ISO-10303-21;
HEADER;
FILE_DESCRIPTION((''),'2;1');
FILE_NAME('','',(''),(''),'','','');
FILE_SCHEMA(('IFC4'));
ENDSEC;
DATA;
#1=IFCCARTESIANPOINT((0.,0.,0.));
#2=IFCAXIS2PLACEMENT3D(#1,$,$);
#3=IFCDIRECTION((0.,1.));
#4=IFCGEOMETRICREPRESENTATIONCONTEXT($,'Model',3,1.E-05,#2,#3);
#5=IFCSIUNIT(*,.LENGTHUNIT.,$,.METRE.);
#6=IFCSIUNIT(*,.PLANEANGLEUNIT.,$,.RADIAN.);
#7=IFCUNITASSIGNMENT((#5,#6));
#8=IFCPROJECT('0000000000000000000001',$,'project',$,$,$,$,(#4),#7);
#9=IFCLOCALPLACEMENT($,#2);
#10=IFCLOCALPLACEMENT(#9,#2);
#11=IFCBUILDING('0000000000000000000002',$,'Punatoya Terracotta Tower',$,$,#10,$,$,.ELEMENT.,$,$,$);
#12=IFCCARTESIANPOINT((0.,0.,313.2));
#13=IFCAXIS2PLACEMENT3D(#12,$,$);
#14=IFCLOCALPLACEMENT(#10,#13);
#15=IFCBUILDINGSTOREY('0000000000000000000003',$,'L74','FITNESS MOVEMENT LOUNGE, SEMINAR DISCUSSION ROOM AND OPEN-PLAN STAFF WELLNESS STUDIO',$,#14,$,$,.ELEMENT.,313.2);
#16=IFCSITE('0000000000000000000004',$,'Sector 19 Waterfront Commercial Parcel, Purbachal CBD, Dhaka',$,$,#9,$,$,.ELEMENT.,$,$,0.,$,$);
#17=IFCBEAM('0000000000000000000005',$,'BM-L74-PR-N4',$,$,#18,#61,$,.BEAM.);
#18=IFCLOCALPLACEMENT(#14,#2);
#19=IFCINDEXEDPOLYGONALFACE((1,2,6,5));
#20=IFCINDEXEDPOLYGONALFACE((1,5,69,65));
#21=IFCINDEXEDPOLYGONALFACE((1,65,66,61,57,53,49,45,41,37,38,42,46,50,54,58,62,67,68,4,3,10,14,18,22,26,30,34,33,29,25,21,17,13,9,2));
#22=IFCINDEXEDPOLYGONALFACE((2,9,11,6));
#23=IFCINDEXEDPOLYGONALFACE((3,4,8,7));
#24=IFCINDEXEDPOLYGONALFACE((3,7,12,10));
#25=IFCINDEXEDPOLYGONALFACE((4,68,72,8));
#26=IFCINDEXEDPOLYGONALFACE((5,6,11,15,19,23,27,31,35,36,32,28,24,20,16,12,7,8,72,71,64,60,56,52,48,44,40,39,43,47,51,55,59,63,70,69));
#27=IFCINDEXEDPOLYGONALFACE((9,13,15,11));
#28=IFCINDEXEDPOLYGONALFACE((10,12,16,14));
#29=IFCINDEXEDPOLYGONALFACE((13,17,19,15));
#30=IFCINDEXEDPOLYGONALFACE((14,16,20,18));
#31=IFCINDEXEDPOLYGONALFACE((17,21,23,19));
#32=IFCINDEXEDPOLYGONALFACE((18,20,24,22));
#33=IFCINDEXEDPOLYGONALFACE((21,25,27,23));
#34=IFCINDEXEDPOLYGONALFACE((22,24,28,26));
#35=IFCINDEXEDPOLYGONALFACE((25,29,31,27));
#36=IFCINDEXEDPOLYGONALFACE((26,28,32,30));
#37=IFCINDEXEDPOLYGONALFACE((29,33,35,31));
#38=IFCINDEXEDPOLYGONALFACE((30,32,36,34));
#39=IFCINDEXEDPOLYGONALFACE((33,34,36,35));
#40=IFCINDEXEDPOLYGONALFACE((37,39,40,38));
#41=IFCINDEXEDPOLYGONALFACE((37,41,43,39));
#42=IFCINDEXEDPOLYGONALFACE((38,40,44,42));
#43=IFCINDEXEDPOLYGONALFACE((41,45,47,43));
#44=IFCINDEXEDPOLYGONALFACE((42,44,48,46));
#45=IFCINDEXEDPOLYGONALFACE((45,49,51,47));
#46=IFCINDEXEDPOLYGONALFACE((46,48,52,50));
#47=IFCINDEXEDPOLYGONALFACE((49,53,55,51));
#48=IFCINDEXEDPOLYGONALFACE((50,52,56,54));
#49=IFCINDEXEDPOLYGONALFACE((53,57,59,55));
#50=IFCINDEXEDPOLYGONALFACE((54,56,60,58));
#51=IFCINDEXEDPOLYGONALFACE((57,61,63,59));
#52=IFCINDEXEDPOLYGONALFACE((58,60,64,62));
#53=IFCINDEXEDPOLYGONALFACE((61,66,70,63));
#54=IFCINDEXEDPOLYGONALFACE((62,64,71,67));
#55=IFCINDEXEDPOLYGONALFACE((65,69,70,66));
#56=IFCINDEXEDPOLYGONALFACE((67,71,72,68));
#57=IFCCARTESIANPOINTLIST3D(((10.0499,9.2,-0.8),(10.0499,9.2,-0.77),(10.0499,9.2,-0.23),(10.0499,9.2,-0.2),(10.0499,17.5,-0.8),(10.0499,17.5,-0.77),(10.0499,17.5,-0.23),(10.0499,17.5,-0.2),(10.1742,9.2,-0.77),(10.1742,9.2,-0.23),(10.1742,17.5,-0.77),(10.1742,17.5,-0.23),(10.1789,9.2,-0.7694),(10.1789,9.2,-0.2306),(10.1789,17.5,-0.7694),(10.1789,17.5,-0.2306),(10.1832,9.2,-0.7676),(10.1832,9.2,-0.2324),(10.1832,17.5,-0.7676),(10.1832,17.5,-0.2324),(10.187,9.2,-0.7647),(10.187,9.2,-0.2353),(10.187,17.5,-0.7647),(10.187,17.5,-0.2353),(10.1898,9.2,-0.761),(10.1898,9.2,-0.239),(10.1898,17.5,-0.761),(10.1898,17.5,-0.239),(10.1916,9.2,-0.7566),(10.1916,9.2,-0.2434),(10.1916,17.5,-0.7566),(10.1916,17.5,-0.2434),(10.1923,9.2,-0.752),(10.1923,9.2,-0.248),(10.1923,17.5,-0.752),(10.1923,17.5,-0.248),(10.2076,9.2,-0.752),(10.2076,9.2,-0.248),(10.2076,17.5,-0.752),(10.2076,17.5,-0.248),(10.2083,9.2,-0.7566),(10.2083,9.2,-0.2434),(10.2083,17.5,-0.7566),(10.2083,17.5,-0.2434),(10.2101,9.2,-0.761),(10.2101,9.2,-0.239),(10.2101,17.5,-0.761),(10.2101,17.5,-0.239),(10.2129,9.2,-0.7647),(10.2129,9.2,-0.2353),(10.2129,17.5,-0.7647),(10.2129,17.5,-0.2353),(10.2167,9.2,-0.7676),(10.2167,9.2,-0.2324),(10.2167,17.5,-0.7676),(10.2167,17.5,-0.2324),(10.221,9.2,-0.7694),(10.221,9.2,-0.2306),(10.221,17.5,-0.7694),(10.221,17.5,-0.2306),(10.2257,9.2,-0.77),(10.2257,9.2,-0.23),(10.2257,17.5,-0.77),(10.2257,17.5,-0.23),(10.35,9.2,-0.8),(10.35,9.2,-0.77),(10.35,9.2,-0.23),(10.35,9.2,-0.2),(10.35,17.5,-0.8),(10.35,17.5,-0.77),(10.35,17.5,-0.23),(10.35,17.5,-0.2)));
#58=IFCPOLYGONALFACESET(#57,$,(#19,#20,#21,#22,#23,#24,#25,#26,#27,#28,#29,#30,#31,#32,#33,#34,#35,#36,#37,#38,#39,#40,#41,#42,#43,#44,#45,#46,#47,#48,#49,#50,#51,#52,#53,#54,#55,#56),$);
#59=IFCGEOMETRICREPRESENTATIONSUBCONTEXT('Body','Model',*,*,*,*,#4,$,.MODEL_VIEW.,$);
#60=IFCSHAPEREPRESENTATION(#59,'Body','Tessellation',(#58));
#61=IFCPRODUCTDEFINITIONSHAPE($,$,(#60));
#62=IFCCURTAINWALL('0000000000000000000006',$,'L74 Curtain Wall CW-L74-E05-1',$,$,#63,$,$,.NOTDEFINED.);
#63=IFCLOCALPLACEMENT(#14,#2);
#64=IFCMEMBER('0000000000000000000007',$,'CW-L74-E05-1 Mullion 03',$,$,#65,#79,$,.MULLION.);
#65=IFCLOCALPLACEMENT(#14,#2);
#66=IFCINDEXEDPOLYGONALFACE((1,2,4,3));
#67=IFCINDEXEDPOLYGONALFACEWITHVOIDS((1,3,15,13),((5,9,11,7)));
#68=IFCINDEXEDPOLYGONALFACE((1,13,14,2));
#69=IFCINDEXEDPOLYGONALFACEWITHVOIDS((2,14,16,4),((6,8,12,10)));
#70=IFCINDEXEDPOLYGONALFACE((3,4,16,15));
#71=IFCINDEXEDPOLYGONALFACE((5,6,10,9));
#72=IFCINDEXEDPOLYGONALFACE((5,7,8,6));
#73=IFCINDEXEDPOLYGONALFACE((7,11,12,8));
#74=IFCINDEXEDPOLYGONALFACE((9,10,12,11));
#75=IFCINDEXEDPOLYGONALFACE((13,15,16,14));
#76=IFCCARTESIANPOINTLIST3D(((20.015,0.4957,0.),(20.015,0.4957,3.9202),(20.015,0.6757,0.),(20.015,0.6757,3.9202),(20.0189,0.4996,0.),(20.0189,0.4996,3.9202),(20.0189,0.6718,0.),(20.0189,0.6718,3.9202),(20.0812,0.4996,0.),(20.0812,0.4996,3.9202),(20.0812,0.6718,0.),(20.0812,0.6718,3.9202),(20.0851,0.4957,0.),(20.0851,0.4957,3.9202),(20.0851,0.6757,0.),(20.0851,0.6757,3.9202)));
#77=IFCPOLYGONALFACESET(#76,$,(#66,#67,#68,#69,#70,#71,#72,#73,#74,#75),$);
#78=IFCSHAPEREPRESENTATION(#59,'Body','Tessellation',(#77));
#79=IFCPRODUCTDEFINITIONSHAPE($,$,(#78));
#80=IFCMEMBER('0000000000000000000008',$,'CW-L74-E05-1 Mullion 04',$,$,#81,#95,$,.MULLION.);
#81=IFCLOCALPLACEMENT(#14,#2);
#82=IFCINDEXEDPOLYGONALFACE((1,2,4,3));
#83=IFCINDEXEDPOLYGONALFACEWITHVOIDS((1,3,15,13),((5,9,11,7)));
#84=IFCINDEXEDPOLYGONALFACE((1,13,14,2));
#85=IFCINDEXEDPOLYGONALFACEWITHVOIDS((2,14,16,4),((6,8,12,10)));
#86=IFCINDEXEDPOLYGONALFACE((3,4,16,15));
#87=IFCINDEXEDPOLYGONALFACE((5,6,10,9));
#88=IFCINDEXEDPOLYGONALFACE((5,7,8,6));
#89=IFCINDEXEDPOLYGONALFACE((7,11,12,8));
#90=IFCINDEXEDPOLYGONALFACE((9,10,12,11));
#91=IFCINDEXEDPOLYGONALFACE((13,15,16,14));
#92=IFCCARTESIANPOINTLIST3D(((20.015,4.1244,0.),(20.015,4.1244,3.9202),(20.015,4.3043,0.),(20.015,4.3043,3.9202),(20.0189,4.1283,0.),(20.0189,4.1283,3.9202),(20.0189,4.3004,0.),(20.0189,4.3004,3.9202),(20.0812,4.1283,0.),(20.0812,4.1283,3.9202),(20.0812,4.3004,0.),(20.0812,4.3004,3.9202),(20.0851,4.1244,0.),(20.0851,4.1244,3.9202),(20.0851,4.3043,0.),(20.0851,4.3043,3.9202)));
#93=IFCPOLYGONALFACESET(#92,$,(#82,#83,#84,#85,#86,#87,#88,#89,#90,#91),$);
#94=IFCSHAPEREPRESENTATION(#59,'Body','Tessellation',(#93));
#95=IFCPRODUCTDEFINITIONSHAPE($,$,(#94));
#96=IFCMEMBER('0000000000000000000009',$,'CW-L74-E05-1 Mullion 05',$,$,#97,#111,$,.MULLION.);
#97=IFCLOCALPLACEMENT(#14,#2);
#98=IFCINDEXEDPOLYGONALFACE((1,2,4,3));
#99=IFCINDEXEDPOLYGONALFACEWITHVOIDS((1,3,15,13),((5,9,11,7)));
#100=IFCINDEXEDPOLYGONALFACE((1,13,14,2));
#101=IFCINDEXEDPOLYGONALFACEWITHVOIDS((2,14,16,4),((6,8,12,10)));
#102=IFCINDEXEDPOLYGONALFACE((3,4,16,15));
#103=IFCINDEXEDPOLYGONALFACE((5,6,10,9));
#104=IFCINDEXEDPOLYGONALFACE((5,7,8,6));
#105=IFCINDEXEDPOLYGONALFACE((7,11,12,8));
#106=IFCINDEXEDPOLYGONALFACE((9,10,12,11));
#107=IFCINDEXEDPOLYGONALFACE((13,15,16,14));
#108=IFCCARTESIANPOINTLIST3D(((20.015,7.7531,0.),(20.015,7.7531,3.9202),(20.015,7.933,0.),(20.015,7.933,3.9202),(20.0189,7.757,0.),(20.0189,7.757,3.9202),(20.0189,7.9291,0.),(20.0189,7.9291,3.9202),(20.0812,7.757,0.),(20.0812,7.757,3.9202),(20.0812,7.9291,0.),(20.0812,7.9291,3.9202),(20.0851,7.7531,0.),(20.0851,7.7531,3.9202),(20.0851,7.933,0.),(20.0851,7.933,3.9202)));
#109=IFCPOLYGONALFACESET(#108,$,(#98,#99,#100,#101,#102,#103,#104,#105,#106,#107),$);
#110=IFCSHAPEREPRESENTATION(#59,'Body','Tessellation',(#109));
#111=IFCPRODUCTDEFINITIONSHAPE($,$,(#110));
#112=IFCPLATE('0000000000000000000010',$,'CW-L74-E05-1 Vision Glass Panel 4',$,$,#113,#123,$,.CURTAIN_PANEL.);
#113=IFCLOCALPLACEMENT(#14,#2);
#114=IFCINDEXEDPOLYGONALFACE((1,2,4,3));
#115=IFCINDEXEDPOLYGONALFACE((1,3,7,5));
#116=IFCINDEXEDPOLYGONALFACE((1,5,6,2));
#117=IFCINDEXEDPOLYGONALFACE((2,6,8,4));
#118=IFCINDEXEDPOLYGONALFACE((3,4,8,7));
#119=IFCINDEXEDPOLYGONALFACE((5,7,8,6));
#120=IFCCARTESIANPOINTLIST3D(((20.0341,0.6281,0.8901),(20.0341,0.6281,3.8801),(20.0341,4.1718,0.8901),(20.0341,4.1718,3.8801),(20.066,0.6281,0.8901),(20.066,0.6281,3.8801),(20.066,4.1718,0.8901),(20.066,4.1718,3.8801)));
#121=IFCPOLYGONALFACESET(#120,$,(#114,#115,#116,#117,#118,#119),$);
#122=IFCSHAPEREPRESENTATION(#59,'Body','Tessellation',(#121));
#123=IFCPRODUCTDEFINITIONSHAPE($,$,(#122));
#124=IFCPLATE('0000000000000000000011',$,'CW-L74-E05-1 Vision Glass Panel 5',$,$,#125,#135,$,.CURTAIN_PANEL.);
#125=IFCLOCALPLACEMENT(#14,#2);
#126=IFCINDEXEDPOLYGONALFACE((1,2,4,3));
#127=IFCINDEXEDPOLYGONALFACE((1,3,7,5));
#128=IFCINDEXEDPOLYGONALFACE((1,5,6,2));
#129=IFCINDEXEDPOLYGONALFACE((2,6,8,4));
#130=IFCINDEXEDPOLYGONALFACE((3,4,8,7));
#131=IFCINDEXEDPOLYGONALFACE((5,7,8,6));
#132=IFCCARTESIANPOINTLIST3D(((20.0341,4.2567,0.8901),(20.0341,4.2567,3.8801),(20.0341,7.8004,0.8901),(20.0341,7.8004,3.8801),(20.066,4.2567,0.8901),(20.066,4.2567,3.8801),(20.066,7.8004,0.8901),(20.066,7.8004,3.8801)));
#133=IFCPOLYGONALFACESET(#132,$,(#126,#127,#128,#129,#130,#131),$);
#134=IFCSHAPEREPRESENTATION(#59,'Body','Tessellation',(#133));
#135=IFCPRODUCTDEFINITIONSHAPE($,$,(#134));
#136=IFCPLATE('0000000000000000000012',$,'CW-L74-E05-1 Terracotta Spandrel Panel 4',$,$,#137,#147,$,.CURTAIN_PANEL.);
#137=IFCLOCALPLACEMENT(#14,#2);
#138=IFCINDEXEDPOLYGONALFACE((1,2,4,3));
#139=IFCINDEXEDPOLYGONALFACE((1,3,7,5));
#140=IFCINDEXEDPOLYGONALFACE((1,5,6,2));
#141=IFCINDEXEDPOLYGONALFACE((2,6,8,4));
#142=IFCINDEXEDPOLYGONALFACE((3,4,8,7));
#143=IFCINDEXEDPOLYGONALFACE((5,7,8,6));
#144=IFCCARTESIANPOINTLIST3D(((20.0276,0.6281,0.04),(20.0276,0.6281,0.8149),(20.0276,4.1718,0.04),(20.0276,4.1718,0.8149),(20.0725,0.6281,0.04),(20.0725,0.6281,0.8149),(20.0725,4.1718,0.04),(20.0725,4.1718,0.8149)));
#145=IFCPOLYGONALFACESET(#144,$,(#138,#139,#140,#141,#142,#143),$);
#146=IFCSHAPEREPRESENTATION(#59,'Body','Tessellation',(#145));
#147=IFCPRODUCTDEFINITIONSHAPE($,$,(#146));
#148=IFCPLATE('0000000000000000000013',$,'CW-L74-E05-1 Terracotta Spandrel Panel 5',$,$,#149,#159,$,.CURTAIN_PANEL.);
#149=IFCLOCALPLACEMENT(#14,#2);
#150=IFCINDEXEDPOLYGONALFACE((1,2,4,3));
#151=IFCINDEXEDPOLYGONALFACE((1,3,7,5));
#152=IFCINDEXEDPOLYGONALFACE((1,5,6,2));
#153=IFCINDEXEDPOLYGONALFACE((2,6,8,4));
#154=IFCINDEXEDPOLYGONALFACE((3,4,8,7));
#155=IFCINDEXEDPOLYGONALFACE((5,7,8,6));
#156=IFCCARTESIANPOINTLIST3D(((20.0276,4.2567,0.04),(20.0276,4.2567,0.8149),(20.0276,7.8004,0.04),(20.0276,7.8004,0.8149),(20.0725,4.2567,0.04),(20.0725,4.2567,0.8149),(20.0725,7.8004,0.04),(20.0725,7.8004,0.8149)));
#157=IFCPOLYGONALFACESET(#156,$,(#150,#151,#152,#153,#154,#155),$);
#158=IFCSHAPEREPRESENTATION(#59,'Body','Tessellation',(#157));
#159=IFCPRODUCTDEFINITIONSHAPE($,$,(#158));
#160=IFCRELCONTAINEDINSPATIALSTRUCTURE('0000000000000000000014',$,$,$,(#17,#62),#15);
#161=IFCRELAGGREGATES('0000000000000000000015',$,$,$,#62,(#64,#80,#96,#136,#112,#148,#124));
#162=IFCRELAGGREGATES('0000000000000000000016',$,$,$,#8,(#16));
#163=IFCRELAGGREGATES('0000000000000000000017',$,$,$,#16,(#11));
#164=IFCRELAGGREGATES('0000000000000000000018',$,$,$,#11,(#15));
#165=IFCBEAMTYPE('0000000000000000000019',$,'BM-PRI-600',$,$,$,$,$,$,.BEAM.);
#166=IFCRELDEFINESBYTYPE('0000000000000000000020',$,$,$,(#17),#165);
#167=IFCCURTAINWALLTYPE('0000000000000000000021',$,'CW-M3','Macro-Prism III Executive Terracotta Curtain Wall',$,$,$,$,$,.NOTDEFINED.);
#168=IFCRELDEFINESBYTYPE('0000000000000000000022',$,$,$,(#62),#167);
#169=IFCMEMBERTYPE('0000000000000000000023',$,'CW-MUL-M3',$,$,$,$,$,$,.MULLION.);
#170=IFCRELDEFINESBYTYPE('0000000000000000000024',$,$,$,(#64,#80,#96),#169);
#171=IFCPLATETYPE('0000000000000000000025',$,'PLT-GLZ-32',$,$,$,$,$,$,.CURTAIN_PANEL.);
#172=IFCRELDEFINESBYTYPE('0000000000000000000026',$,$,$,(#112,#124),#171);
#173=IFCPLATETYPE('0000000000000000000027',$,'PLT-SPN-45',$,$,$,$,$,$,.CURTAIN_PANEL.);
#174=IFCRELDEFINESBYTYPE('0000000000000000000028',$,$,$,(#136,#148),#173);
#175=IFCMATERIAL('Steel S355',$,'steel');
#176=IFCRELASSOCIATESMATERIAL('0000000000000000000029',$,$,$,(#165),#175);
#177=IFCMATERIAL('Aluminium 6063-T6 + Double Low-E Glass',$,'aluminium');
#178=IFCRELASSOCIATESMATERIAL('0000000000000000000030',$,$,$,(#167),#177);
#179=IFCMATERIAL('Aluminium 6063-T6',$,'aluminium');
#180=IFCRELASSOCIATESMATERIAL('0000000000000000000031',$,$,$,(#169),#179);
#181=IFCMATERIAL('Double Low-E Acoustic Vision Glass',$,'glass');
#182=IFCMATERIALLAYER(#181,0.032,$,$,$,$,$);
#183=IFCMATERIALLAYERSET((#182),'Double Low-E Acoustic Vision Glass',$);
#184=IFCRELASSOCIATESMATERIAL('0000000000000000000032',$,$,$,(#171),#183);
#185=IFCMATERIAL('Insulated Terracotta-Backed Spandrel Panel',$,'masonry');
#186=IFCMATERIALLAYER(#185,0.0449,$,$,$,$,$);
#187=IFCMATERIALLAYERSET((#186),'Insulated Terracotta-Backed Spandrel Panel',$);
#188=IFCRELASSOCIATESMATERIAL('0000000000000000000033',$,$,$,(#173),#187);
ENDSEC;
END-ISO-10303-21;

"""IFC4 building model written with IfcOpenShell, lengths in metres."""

from ifc_helpers import new_model, si_unit, direction, frame, origin, origin_2d, place, context, subcontext, project, spatial, rectangle, hollow_rectangle, i_section, extrude, material, layer, layer_set, material_profile, profile_set, type_object, element, aggregate, save


model = new_model("IFC4")

# Units and contexts
model_context = context("Model", 3, precision=1e-05, world=origin(), true_north=direction((0.0, 1.0)))
body_context = subcontext(model_context, "Body", "Model", "MODEL_VIEW")
ifc_project = project(units=[si_unit("LENGTHUNIT", "METRE"), si_unit("PLANEANGLEUNIT", "RADIAN")], contexts=[model_context])

# Site, building, storey
site_placement = place(None, origin())
site = spatial("IfcSite", under=ifc_project, at=site_placement, Name="Sector 19 Waterfront Commercial Parcel, Purbachal CBD, Dhaka", CompositionType="ELEMENT", RefElevation=0.0)
building_placement = place(site_placement, origin())
building = spatial("IfcBuilding", under=site, at=building_placement, Name="Punatoya Terracotta Tower", CompositionType="ELEMENT")
storey_placement = place(building_placement, frame((0.0, 0.0, 313.2)))
storey = spatial("IfcBuildingStorey", under=building, at=storey_placement, Name="L74", Description="FITNESS MOVEMENT LOUNGE, SEMINAR DISCUSSION ROOM AND OPEN-PLAN STAFF WELLNESS STUDIO", CompositionType="ELEMENT", Elevation=313.2)

# Beam
ifc_material_1 = material(Name="Steel S355", Category="steel")
ifc_material_profile_1 = material_profile(ifc_material_1, i_section(OverallWidth=0.3, OverallDepth=0.6001, WebThickness=0.0154, FlangeThickness=0.03, FilletRadius=0.0181, at=origin_2d()))
ifc_profile_set_1 = profile_set([ifc_material_profile_1], Name="Steel S355")
beam_type = type_object("IfcBeamType", Name="BM-PRI-600", PredefinedType="BEAM", material=ifc_profile_set_1)
beam_1_placement = place(storey_placement, frame((10.2, 9.2, -0.5), z_axis=(0.0, 1.0, 0.0), x_axis=(-1.0, 0.0, 0.0)))
element("IfcBeam", 1, at=beam_1_placement, inside=storey, type_object=beam_type, Name="BM-L74-PR-N4", PredefinedType="BEAM", context=body_context, shape_type="SweptSolid", body=[
    extrude(i_section(OverallWidth=0.3, OverallDepth=0.6001, WebThickness=0.0154, FlangeThickness=0.03, FilletRadius=0.0181, at=origin_2d()), origin(), (0.0, 0.0, 1.0), 8.3),
])

# Curtain wall, members, plates
ifc_material_2 = material(Name="Aluminium 6063-T6 + Double Low-E Glass", Category="aluminium")
curtain_wall_type = type_object("IfcCurtainWallType", Name="CW-M3", Description="Macro-Prism III Executive Terracotta Curtain Wall", PredefinedType="NOTDEFINED", material=ifc_material_2)
curtain_wall_placement = place(storey_placement, origin())
curtain_wall = element("IfcCurtainWall", 2, at=curtain_wall_placement, inside=storey, type_object=curtain_wall_type, Name="L74 Curtain Wall CW-L74-E05-1", PredefinedType="NOTDEFINED")
ifc_material_3 = material(Name="Aluminium 6063-T6", Category="aluminium")
ifc_material_profile_2 = material_profile(ifc_material_3, hollow_rectangle(XDim=0.0701, YDim=0.1799, WallThickness=0.0039, at=origin_2d()))
ifc_profile_set_2 = profile_set([ifc_material_profile_2], Name="Aluminium 6063-T6")
member_type = type_object("IfcMemberType", Name="CW-MUL-M3", PredefinedType="MULLION", material=ifc_profile_set_2)
member_1_placement = place(storey_placement, frame((20.05, 0.5857, 0.0), z_axis=(0.0, 0.0, 1.0), x_axis=(1.0, 0.0, 0.0)))
member_1 = element("IfcMember", 3, at=member_1_placement, type_object=member_type, Name="CW-L74-E05-1 Mullion 03", PredefinedType="MULLION", context=body_context, shape_type="SweptSolid", body=[
    extrude(hollow_rectangle(XDim=0.0701, YDim=0.1799, WallThickness=0.0039, at=origin_2d()), origin(), (0.0, 0.0, 1.0), 3.9202),
])
member_2_placement = place(storey_placement, frame((20.05, 4.2144, 0.0), z_axis=(0.0, 0.0, 1.0), x_axis=(1.0, 0.0, 0.0)))
member_2 = element("IfcMember", 4, at=member_2_placement, type_object=member_type, Name="CW-L74-E05-1 Mullion 04", PredefinedType="MULLION", context=body_context, shape_type="SweptSolid", body=[
    extrude(hollow_rectangle(XDim=0.0701, YDim=0.1799, WallThickness=0.0039, at=origin_2d()), origin(), (0.0, 0.0, 1.0), 3.9202),
])
member_3_placement = place(storey_placement, frame((20.05, 7.843, 0.0), z_axis=(0.0, 0.0, 1.0), x_axis=(1.0, 0.0, 0.0)))
member_3 = element("IfcMember", 5, at=member_3_placement, type_object=member_type, Name="CW-L74-E05-1 Mullion 05", PredefinedType="MULLION", context=body_context, shape_type="SweptSolid", body=[
    extrude(hollow_rectangle(XDim=0.0701, YDim=0.1799, WallThickness=0.0039, at=origin_2d()), origin(), (0.0, 0.0, 1.0), 3.9202),
])
ifc_material_4 = material(Name="Double Low-E Acoustic Vision Glass", Category="glass")
ifc_layer_1 = layer(ifc_material_4, 0.032)
ifc_layer_set_1 = layer_set([ifc_layer_1], Name="Double Low-E Acoustic Vision Glass")
plate_type_1 = type_object("IfcPlateType", Name="PLT-GLZ-32", PredefinedType="CURTAIN_PANEL", material=ifc_layer_set_1)
plate_1_placement = place(storey_placement, frame((20.05, 2.3999, 0.8901), z_axis=(0.0, 0.0, 1.0), x_axis=(0.0, 1.0, 0.0)))
plate_1 = element("IfcPlate", 6, at=plate_1_placement, type_object=plate_type_1, Name="CW-L74-E05-1 Vision Glass Panel 4", PredefinedType="CURTAIN_PANEL", context=body_context, shape_type="SweptSolid", body=[
    extrude(rectangle(XDim=3.5437, YDim=0.032, at=origin_2d()), origin(), (0.0, 0.0, 1.0), 2.99),
])
plate_2_placement = place(storey_placement, frame((20.05, 6.0286, 0.8901), z_axis=(0.0, 0.0, 1.0), x_axis=(0.0, 1.0, 0.0)))
plate_2 = element("IfcPlate", 7, at=plate_2_placement, type_object=plate_type_1, Name="CW-L74-E05-1 Vision Glass Panel 5", PredefinedType="CURTAIN_PANEL", context=body_context, shape_type="SweptSolid", body=[
    extrude(rectangle(XDim=3.5437, YDim=0.032, at=origin_2d()), origin(), (0.0, 0.0, 1.0), 2.99),
])
ifc_material_5 = material(Name="Insulated Terracotta-Backed Spandrel Panel", Category="masonry")
ifc_layer_2 = layer(ifc_material_5, 0.0449)
ifc_layer_set_2 = layer_set([ifc_layer_2], Name="Insulated Terracotta-Backed Spandrel Panel")
plate_type_2 = type_object("IfcPlateType", Name="PLT-SPN-45", PredefinedType="CURTAIN_PANEL", material=ifc_layer_set_2)
plate_3_placement = place(storey_placement, frame((20.05, 2.3999, 0.04), z_axis=(0.0, 0.0, 1.0), x_axis=(0.0, 1.0, 0.0)))
plate_3 = element("IfcPlate", 8, at=plate_3_placement, type_object=plate_type_2, Name="CW-L74-E05-1 Terracotta Spandrel Panel 4", PredefinedType="CURTAIN_PANEL", context=body_context, shape_type="SweptSolid", body=[
    extrude(rectangle(XDim=3.5437, YDim=0.0449, at=origin_2d()), origin(), (0.0, 0.0, 1.0), 0.7749),
])
plate_4_placement = place(storey_placement, frame((20.05, 6.0286, 0.04), z_axis=(0.0, 0.0, 1.0), x_axis=(0.0, 1.0, 0.0)))
plate_4 = element("IfcPlate", 9, at=plate_4_placement, type_object=plate_type_2, Name="CW-L74-E05-1 Terracotta Spandrel Panel 5", PredefinedType="CURTAIN_PANEL", context=body_context, shape_type="SweptSolid", body=[
    extrude(rectangle(XDim=3.5437, YDim=0.0449, at=origin_2d()), origin(), (0.0, 0.0, 1.0), 0.7749),
])
aggregate(curtain_wall, [member_1, member_2, member_3, plate_3, plate_1, plate_4, plate_2])

save(model, "model.ifc")
